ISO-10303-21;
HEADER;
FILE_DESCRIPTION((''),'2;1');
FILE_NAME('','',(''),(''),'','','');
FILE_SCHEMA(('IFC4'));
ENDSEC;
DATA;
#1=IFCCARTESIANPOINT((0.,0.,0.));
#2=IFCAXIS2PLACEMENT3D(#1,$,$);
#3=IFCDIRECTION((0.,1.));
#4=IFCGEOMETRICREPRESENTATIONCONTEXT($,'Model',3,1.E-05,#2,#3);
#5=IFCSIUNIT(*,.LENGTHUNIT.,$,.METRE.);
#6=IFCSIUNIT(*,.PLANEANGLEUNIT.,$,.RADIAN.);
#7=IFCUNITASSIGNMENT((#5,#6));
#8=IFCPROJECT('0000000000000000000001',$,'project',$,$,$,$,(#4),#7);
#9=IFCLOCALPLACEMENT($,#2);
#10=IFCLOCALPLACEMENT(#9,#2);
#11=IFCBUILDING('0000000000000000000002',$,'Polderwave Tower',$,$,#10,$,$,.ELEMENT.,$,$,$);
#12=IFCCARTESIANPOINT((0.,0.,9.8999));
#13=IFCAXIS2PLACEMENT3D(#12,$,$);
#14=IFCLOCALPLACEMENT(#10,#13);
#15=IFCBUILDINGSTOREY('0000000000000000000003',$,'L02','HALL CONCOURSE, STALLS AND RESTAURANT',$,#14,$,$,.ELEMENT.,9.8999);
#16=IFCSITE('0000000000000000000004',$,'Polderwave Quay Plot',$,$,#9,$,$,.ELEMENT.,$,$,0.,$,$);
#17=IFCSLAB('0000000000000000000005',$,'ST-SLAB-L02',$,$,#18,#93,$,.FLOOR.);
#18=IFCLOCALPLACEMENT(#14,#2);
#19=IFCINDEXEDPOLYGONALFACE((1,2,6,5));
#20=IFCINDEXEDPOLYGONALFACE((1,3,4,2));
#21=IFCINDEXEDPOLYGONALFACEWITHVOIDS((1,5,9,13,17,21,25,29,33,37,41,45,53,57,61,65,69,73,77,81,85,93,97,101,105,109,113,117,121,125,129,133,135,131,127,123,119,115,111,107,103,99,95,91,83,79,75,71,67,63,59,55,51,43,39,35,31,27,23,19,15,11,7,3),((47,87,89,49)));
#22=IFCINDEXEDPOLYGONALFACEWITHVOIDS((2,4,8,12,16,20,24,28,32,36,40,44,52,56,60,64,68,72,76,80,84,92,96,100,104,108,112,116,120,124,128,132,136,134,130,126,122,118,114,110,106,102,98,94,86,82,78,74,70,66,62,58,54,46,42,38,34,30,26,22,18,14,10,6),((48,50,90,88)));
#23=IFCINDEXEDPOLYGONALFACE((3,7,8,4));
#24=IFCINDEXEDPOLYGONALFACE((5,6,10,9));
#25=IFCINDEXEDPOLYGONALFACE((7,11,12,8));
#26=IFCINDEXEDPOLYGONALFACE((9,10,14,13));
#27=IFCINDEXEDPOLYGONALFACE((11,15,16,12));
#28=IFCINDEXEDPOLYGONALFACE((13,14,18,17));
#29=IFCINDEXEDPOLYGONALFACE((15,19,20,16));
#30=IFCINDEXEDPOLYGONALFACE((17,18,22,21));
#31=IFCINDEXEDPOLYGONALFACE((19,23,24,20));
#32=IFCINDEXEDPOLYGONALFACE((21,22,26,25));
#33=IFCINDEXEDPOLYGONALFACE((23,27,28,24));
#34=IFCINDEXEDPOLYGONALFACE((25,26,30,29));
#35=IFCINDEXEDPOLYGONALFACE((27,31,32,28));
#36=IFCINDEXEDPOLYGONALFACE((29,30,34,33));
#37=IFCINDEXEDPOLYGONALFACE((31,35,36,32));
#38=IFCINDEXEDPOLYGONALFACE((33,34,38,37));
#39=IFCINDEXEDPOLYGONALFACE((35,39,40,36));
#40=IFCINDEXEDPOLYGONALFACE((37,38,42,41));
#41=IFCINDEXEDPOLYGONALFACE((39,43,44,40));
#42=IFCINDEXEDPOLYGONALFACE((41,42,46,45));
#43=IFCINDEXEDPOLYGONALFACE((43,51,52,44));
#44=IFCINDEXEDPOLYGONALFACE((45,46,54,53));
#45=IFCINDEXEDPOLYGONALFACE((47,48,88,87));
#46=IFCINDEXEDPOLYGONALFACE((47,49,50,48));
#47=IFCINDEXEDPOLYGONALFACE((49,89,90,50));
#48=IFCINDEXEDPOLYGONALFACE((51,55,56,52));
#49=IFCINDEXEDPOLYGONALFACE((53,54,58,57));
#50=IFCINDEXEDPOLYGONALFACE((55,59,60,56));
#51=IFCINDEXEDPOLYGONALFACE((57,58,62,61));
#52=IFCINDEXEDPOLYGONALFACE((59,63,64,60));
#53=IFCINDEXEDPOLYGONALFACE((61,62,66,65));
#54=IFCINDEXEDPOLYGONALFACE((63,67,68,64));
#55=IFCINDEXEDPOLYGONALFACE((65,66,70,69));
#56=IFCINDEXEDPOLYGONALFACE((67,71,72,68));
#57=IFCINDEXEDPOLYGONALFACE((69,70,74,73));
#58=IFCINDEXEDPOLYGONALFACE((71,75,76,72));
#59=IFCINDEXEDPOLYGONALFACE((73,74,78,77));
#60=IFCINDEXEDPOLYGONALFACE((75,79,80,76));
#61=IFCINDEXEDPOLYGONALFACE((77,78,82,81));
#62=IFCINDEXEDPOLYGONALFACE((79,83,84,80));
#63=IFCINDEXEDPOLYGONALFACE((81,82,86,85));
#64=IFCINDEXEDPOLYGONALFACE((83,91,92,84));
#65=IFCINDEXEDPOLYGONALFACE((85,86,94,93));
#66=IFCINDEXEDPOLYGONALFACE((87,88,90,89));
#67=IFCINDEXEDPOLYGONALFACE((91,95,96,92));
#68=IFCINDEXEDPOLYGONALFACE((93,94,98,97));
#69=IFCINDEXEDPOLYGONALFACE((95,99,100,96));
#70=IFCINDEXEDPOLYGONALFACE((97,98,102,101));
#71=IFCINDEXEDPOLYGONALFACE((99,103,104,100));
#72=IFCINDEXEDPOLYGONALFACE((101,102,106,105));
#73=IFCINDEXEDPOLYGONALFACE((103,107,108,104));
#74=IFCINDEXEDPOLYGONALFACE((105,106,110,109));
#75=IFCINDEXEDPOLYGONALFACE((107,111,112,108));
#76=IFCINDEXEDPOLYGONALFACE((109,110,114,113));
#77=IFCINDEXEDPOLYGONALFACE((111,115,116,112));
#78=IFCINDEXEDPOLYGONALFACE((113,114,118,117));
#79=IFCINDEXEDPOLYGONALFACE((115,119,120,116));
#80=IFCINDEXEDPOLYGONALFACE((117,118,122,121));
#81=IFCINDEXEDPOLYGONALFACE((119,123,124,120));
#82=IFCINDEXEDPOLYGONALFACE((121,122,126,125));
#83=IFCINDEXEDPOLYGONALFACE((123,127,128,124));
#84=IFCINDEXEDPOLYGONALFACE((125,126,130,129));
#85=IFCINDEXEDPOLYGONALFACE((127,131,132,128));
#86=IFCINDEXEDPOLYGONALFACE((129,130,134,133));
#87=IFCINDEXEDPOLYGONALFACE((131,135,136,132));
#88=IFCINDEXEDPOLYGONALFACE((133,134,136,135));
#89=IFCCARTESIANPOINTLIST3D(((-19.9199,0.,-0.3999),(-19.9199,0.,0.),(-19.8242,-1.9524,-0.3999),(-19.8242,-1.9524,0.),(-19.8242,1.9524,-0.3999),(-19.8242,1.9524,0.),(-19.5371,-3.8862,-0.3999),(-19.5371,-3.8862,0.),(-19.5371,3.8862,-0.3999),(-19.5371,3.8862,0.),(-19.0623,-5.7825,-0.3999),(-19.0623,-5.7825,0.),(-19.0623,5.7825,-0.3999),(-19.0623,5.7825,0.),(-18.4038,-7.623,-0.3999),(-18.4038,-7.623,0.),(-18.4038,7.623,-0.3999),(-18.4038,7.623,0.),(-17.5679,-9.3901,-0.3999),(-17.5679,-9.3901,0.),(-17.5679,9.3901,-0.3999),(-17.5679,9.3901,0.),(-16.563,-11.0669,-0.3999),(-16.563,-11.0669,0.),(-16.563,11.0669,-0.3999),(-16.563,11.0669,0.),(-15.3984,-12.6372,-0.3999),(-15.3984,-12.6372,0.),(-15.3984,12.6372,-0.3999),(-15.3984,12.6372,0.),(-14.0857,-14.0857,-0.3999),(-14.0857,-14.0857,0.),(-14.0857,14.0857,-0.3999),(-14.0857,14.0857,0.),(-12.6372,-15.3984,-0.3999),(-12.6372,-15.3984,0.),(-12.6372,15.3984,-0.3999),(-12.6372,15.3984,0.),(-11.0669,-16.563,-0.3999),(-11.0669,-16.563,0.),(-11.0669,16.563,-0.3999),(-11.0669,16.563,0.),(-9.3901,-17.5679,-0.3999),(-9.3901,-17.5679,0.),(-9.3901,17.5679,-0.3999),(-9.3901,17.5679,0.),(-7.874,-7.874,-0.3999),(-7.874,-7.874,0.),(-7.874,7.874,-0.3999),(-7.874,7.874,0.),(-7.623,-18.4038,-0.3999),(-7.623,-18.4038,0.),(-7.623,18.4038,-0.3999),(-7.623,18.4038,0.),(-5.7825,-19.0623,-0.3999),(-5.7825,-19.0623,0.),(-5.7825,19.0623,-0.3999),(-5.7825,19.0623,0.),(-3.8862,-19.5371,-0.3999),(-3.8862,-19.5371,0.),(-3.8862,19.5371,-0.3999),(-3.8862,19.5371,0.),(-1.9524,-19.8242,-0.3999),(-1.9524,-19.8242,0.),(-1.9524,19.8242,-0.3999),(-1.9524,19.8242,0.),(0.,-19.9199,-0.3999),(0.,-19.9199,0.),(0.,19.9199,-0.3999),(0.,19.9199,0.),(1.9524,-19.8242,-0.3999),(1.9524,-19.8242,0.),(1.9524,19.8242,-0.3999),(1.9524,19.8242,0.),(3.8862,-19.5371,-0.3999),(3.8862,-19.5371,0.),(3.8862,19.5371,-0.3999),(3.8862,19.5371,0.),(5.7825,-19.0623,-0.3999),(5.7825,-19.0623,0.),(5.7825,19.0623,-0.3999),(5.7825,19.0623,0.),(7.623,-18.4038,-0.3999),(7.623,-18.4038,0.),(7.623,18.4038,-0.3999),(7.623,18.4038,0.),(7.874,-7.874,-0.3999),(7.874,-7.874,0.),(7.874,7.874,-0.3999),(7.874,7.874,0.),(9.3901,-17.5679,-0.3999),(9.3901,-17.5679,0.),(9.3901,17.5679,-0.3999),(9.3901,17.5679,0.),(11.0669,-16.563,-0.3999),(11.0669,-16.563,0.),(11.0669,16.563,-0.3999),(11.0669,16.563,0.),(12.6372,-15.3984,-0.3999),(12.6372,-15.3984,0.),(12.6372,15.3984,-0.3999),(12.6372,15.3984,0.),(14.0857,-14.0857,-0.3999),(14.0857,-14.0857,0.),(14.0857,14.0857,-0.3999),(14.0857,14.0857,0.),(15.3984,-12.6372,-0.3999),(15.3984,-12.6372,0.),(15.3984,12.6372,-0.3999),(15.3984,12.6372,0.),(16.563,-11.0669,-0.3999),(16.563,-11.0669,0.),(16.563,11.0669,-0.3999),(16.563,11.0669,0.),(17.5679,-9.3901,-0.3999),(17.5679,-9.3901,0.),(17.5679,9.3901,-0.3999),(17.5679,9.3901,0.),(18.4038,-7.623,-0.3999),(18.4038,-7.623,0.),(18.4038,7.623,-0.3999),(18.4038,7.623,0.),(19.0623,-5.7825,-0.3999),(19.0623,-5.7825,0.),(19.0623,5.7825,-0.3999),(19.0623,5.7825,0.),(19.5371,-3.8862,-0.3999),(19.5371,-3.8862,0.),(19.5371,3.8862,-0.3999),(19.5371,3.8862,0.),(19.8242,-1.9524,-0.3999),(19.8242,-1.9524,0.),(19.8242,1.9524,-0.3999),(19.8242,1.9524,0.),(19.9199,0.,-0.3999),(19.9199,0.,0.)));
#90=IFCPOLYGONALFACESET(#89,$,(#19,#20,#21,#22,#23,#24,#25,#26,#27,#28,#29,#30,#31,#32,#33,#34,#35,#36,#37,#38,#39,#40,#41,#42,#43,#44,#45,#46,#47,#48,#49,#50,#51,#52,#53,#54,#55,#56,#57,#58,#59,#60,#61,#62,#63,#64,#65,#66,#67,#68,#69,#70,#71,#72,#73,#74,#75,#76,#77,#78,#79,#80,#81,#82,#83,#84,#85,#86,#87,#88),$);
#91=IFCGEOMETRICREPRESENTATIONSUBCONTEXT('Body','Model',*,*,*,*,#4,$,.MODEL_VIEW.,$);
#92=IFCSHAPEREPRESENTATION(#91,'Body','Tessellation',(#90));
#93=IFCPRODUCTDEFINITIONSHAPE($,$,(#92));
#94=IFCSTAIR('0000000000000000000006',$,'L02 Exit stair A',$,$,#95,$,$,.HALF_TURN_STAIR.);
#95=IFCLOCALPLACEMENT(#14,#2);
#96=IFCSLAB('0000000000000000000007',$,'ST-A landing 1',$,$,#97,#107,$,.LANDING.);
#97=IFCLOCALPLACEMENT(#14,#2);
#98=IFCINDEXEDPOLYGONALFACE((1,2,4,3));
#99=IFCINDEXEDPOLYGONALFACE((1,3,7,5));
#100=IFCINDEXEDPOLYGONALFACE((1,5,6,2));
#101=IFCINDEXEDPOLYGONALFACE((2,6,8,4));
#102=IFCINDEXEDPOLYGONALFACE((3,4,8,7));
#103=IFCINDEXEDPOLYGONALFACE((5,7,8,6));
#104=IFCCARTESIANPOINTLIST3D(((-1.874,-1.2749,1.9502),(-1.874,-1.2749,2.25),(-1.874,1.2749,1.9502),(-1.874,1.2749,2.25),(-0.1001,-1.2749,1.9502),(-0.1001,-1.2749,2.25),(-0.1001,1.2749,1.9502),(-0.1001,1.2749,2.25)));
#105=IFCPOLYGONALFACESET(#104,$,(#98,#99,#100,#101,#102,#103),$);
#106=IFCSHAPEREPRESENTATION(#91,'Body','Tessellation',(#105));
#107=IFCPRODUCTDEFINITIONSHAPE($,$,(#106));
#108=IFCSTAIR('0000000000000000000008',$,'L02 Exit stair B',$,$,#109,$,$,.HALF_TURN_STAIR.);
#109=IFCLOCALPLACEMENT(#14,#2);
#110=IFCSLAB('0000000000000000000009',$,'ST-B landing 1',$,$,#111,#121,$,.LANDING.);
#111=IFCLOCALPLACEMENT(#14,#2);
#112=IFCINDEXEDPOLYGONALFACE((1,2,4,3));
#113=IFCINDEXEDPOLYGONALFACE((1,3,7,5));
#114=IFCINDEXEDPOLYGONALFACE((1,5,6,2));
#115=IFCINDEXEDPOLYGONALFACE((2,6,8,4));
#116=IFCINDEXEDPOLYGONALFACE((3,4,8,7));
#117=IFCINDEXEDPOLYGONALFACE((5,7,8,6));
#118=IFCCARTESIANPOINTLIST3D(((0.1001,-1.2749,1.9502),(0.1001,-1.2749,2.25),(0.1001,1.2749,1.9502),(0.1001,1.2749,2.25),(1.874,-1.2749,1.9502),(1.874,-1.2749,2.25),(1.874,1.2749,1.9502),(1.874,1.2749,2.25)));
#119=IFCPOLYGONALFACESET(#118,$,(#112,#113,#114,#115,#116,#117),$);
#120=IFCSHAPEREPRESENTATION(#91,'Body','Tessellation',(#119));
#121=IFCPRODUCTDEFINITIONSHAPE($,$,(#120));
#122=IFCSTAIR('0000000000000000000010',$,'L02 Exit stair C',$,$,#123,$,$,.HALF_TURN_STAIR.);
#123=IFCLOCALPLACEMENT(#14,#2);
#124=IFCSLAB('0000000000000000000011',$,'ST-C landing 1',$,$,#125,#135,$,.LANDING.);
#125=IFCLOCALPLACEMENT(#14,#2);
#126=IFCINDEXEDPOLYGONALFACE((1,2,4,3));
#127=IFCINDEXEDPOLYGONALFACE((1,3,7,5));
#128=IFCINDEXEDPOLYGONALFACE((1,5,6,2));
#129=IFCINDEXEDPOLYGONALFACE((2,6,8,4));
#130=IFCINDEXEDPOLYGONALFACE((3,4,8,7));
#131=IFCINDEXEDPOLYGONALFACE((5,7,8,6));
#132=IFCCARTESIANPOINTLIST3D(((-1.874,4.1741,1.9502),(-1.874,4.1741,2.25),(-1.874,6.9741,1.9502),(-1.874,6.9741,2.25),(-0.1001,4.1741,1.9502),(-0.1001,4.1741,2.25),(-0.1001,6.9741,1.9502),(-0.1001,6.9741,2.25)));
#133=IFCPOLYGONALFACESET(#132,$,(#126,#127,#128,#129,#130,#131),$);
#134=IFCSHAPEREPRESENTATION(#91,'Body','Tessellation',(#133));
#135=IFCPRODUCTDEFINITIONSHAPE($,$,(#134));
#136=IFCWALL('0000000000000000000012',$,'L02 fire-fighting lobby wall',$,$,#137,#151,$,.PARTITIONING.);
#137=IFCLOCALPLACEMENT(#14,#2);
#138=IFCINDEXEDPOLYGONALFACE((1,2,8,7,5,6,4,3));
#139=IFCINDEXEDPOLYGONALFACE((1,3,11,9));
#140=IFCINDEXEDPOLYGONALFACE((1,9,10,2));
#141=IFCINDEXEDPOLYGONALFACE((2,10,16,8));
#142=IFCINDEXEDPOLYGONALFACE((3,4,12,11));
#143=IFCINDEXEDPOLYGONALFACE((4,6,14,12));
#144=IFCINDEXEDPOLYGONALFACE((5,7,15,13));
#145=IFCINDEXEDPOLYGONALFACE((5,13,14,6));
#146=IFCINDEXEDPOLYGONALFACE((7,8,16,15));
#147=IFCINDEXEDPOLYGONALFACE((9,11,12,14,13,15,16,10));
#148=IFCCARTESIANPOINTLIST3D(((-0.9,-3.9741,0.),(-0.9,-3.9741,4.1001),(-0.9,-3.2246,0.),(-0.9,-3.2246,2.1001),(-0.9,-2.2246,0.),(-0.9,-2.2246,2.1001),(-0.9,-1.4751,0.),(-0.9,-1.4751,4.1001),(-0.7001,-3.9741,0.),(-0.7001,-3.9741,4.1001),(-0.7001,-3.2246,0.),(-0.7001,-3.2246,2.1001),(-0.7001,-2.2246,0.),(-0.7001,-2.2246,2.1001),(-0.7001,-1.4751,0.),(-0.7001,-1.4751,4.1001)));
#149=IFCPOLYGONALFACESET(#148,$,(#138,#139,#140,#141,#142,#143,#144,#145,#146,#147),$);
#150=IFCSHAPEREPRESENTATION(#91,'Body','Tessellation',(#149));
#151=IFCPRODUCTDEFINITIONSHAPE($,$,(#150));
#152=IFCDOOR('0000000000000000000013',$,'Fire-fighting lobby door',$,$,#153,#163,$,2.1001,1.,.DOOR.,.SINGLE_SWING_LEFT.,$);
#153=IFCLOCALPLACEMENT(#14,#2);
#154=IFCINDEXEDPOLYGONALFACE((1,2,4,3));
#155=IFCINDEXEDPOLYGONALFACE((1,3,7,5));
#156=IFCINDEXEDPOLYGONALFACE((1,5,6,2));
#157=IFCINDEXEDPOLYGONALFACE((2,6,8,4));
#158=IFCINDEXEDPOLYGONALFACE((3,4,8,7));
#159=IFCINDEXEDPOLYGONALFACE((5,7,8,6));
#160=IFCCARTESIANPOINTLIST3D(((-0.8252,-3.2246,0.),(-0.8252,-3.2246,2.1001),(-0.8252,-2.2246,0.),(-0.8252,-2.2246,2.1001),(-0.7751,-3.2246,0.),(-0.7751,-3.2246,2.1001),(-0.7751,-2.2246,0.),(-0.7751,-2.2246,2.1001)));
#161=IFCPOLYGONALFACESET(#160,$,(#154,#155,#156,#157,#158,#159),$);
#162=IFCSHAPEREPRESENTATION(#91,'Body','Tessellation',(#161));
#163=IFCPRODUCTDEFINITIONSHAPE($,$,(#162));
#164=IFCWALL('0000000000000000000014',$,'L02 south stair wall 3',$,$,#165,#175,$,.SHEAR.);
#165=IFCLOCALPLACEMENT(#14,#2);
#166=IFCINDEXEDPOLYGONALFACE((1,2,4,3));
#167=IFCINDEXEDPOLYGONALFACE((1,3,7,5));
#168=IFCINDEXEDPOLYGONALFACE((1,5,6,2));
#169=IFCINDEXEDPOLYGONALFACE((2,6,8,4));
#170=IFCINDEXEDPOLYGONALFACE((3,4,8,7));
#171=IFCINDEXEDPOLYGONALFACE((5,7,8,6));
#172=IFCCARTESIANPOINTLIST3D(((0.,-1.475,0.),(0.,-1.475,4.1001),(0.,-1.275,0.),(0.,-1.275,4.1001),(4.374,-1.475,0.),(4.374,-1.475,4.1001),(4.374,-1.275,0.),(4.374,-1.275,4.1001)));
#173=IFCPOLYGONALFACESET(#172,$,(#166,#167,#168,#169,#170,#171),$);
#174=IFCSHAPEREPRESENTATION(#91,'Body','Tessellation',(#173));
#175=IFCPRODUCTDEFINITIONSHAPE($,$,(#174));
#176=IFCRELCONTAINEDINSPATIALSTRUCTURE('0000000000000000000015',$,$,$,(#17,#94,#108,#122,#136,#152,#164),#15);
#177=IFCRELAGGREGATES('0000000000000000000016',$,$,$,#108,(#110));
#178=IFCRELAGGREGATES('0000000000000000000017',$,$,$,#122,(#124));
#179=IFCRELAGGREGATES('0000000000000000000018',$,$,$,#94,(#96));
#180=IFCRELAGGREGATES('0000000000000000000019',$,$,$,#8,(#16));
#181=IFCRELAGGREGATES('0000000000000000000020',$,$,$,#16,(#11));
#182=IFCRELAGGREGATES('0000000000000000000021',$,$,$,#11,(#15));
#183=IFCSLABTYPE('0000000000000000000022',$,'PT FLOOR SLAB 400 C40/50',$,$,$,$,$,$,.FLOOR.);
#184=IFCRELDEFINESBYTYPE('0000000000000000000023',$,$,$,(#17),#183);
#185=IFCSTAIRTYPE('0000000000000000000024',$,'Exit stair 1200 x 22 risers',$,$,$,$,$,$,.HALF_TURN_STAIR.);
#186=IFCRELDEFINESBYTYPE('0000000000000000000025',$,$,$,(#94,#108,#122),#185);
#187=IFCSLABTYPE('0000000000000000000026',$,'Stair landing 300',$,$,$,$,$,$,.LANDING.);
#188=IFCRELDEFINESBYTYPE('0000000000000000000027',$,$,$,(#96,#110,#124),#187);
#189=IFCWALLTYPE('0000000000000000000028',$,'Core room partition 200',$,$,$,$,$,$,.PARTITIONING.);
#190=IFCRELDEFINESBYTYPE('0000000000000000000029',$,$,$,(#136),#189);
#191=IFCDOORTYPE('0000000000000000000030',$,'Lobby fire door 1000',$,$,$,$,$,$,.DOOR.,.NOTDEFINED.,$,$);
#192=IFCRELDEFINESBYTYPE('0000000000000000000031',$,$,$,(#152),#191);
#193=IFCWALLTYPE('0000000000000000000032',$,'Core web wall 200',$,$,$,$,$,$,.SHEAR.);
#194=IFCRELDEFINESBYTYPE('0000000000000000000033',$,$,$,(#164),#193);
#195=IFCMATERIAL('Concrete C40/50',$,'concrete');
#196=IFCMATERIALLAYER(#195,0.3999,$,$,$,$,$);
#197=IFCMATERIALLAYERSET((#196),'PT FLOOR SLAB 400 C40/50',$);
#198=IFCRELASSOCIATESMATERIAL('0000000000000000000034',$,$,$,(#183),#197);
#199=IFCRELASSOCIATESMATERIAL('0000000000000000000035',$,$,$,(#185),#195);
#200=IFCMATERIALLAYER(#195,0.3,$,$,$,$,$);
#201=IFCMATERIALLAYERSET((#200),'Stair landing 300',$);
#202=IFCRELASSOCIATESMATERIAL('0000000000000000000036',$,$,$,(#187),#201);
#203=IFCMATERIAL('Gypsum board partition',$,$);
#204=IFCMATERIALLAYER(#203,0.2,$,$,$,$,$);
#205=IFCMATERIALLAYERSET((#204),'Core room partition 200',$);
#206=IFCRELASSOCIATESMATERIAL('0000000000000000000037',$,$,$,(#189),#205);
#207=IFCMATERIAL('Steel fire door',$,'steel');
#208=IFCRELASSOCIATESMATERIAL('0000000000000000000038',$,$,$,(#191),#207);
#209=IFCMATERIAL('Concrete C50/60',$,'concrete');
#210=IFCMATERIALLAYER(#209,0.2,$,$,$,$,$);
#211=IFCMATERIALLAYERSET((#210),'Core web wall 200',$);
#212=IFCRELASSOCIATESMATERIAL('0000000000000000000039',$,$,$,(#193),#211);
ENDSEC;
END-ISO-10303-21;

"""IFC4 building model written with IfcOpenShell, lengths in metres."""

from ifc_helpers import new_model, si_unit, direction, frame, frame_2d, origin, place, context, subcontext, project, spatial, polyline, rectangle, outline, extrude, material, layer, layer_set, type_object, element, fill, aggregate, save


model = new_model("IFC4")

# Units and contexts
model_context = context("Model", 3, precision=1e-05, world=origin(), true_north=direction((0.0, 1.0)))
body_context = subcontext(model_context, "Body", "Model", "MODEL_VIEW")
ifc_project = project(units=[si_unit("LENGTHUNIT", "METRE"), si_unit("PLANEANGLEUNIT", "RADIAN")], contexts=[model_context])

# Site, building, storey
site_placement = place(None, origin())
site = spatial("IfcSite", under=ifc_project, at=site_placement, Name="Polderwave Quay Plot", CompositionType="ELEMENT", RefElevation=0.0)
building_placement = place(site_placement, origin())
building = spatial("IfcBuilding", under=site, at=building_placement, Name="Polderwave Tower", CompositionType="ELEMENT")
storey_placement = place(building_placement, frame((0.0, 0.0, 9.8999)))
storey = spatial("IfcBuildingStorey", under=building, at=storey_placement, Name="L02", Description="HALL CONCOURSE, STALLS AND RESTAURANT", CompositionType="ELEMENT", Elevation=9.8999)

# Slab
ifc_material_1 = material(Name="Concrete C40/50", Category="concrete")
ifc_layer_1 = layer(ifc_material_1, 0.3999)
ifc_layer_set_1 = layer_set([ifc_layer_1], Name="PT FLOOR SLAB 400 C40/50")
slab_type_1 = type_object("IfcSlabType", Name="PT FLOOR SLAB 400 C40/50", PredefinedType="FLOOR", material=ifc_layer_set_1)
slab_1_placement = place(storey_placement, frame((0.0, 0.0, -0.3999)))
element("IfcSlab", 1, at=slab_1_placement, inside=storey, type_object=slab_type_1, Name="ST-SLAB-L02", PredefinedType="FLOOR", context=body_context, shape_type="SweptSolid", body=[
    extrude(outline(polyline([(19.9199, 0.0), (19.8242, 1.9524), (19.5371, 3.8862), (19.0623, 5.7825), (18.4038, 7.623), (17.5679, 9.3901), (16.563, 11.0669), (15.3984, 12.6372), (14.0857, 14.0857), (12.6372, 15.3984), (11.0669, 16.563), (9.3901, 17.5679), (7.623, 18.4038), (5.7825, 19.0623), (3.8862, 19.5371), (1.9524, 19.8242), (0.0, 19.9199), (-1.9524, 19.8242), (-3.8862, 19.5371), (-5.7825, 19.0623), (-7.623, 18.4038), (-9.3901, 17.5679), (-11.0669, 16.563), (-12.6372, 15.3984), (-14.0857, 14.0857), (-15.3984, 12.6372), (-16.563, 11.0669), (-17.5679, 9.3901), (-18.4038, 7.623), (-19.0623, 5.7825), (-19.5371, 3.8862), (-19.8242, 1.9524), (-19.9199, 0.0), (-19.8242, -1.9524), (-19.5371, -3.8862), (-19.0623, -5.7825), (-18.4038, -7.623), (-17.5679, -9.3901), (-16.563, -11.0669), (-15.3984, -12.6372), (-14.0857, -14.0857), (-12.6372, -15.3984), (-11.0669, -16.563), (-9.3901, -17.5679), (-7.623, -18.4038), (-5.7825, -19.0623), (-3.8862, -19.5371), (-1.9524, -19.8242), (0.0, -19.9199), (1.9524, -19.8242), (3.8862, -19.5371), (5.7825, -19.0623), (7.623, -18.4038), (9.3901, -17.5679), (11.0669, -16.563), (12.6372, -15.3984), (14.0857, -14.0857), (15.3984, -12.6372), (16.563, -11.0669), (17.5679, -9.3901), (18.4038, -7.623), (19.0623, -5.7825), (19.5371, -3.8862), (19.8242, -1.9524), (19.9199, 0.0)]), holes=[polyline([(-7.874, -7.874), (7.874, -7.874), (7.874, 7.874), (-7.874, 7.874), (-7.874, -7.874)])]), origin(), (0.0, 0.0, 1.0), 0.3999),
])

# Stairs, slabs
stair_type = type_object("IfcStairType", Name="Exit stair 1200 x 22 risers", PredefinedType="HALF_TURN_STAIR", material=ifc_material_1)
stair_1_placement = place(storey_placement, origin())
stair_1 = element("IfcStair", 2, at=stair_1_placement, inside=storey, type_object=stair_type, Name="L02 Exit stair A", PredefinedType="HALF_TURN_STAIR")
ifc_layer_2 = layer(ifc_material_1, 0.3)
ifc_layer_set_2 = layer_set([ifc_layer_2], Name="Stair landing 300")
slab_type_2 = type_object("IfcSlabType", Name="Stair landing 300", PredefinedType="LANDING", material=ifc_layer_set_2)
slab_2_placement = place(storey_placement, frame((0.0, 0.0, 1.9502)))
slab_2 = element("IfcSlab", 3, at=slab_2_placement, type_object=slab_type_2, Name="ST-A landing 1", PredefinedType="LANDING", context=body_context, shape_type="SweptSolid", body=[
    extrude(outline(polyline([(-1.874, -1.2749), (-0.1001, -1.2749), (-0.1001, 1.2749), (-1.874, 1.2749), (-1.874, -1.2749)])), origin(), (0.0, 0.0, 1.0), 0.2998),
])
stair_2_placement = place(storey_placement, origin())
stair_2 = element("IfcStair", 4, at=stair_2_placement, inside=storey, type_object=stair_type, Name="L02 Exit stair B", PredefinedType="HALF_TURN_STAIR")
slab_3_placement = place(storey_placement, frame((0.0, 0.0, 1.9502)))
slab_3 = element("IfcSlab", 5, at=slab_3_placement, type_object=slab_type_2, Name="ST-B landing 1", PredefinedType="LANDING", context=body_context, shape_type="SweptSolid", body=[
    extrude(outline(polyline([(1.874, 1.2749), (0.1001, 1.2749), (0.1001, -1.2749), (1.874, -1.2749), (1.874, 1.2749)])), origin(), (0.0, 0.0, 1.0), 0.2998),
])
aggregate(stair_2, [slab_3])
stair_3_placement = place(storey_placement, origin())
stair_3 = element("IfcStair", 6, at=stair_3_placement, inside=storey, type_object=stair_type, Name="L02 Exit stair C", PredefinedType="HALF_TURN_STAIR")
slab_4_placement = place(storey_placement, frame((0.0, 0.0, 1.9502)))
slab_4 = element("IfcSlab", 7, at=slab_4_placement, type_object=slab_type_2, Name="ST-C landing 1", PredefinedType="LANDING", context=body_context, shape_type="SweptSolid", body=[
    extrude(outline(polyline([(-1.874, 4.1741), (-0.1001, 4.1741), (-0.1001, 6.9741), (-1.874, 6.9741), (-1.874, 4.1741)])), origin(), (0.0, 0.0, 1.0), 0.2998),
])
aggregate(stair_3, [slab_4])

# Wall, opening, door
ifc_material_2 = material(Name="Gypsum board partition")
ifc_layer_3 = layer(ifc_material_2, 0.2)
ifc_layer_set_3 = layer_set([ifc_layer_3], Name="Core room partition 200")
wall_type_1 = type_object("IfcWallType", Name="Core room partition 200", PredefinedType="PARTITIONING", material=ifc_layer_set_3)
wall_1_placement = place(storey_placement, frame((-0.8, -3.9741, 0.0), z_axis=(0.0, 0.0, 1.0), x_axis=(0.0, 1.0, 0.0)))
wall_1 = element("IfcWall", 8, at=wall_1_placement, inside=storey, type_object=wall_type_1, Name="L02 fire-fighting lobby wall", PredefinedType="PARTITIONING", context=body_context, shape_type="SweptSolid", body=[
    extrude(rectangle(XDim=2.499, YDim=0.2, at=frame_2d((1.2495, 0.0))), origin(), (0.0, 0.0, 1.0), 4.1001),
])
opening_placement = place(wall_1_placement, frame((0.7495, 0.0, 0.0)))
opening = element("IfcOpeningElement", 9, at=opening_placement, cuts=wall_1, PredefinedType="OPENING", context=body_context, shape_type="SweptSolid", body=[
    extrude(rectangle(XDim=1.0, YDim=2.1001, at=frame_2d((0.5, 1.05))), frame((0.0, 0.1099, 0.0), z_axis=(0.0, -1.0, 0.0), x_axis=(1.0, 0.0, 0.0)), (0.0, 0.0, 1.0), 0.22),
])
ifc_material_3 = material(Name="Steel fire door", Category="steel")
door_type = type_object("IfcDoorType", Name="Lobby fire door 1000", OperationType="NOTDEFINED", PredefinedType="DOOR", material=ifc_material_3)
door_placement = place(opening_placement, frame((1.0, 0.0, 0.0), z_axis=(0.0, 0.0, 1.0), x_axis=(-1.0, 0.0, 0.0)))
door = element("IfcDoor", 10, at=door_placement, inside=storey, type_object=door_type, Name="Fire-fighting lobby door", OperationType="SINGLE_SWING_LEFT", OverallHeight=2.1001, OverallWidth=1.0, PredefinedType="DOOR", context=body_context, shape_type="SweptSolid", body=[
    extrude(rectangle(XDim=1.0, YDim=2.1001, at=frame_2d((0.5, 1.05))), frame((0.0, 0.0249, 0.0), z_axis=(0.0, -1.0, 0.0), x_axis=(1.0, 0.0, 0.0)), (0.0, 0.0, 1.0), 0.05),
])
fill(opening, door)

# Wall
ifc_material_4 = material(Name="Concrete C50/60", Category="concrete")
ifc_layer_4 = layer(ifc_material_4, 0.2)
ifc_layer_set_4 = layer_set([ifc_layer_4], Name="Core web wall 200")
wall_type_2 = type_object("IfcWallType", Name="Core web wall 200", PredefinedType="SHEAR", material=ifc_layer_set_4)
wall_2_placement = place(storey_placement, frame((0.0, -1.375, 0.0), z_axis=(0.0, 0.0, 1.0), x_axis=(1.0, 0.0, 0.0)))
element("IfcWall", 11, at=wall_2_placement, inside=storey, type_object=wall_type_2, Name="L02 south stair wall 3", PredefinedType="SHEAR", context=body_context, shape_type="SweptSolid", body=[
    extrude(rectangle(XDim=4.374, YDim=0.2, at=frame_2d((2.187, 0.0))), origin(), (0.0, 0.0, 1.0), 4.1001),
])

aggregate(stair_1, [slab_2])

save(model, "model.ifc")
